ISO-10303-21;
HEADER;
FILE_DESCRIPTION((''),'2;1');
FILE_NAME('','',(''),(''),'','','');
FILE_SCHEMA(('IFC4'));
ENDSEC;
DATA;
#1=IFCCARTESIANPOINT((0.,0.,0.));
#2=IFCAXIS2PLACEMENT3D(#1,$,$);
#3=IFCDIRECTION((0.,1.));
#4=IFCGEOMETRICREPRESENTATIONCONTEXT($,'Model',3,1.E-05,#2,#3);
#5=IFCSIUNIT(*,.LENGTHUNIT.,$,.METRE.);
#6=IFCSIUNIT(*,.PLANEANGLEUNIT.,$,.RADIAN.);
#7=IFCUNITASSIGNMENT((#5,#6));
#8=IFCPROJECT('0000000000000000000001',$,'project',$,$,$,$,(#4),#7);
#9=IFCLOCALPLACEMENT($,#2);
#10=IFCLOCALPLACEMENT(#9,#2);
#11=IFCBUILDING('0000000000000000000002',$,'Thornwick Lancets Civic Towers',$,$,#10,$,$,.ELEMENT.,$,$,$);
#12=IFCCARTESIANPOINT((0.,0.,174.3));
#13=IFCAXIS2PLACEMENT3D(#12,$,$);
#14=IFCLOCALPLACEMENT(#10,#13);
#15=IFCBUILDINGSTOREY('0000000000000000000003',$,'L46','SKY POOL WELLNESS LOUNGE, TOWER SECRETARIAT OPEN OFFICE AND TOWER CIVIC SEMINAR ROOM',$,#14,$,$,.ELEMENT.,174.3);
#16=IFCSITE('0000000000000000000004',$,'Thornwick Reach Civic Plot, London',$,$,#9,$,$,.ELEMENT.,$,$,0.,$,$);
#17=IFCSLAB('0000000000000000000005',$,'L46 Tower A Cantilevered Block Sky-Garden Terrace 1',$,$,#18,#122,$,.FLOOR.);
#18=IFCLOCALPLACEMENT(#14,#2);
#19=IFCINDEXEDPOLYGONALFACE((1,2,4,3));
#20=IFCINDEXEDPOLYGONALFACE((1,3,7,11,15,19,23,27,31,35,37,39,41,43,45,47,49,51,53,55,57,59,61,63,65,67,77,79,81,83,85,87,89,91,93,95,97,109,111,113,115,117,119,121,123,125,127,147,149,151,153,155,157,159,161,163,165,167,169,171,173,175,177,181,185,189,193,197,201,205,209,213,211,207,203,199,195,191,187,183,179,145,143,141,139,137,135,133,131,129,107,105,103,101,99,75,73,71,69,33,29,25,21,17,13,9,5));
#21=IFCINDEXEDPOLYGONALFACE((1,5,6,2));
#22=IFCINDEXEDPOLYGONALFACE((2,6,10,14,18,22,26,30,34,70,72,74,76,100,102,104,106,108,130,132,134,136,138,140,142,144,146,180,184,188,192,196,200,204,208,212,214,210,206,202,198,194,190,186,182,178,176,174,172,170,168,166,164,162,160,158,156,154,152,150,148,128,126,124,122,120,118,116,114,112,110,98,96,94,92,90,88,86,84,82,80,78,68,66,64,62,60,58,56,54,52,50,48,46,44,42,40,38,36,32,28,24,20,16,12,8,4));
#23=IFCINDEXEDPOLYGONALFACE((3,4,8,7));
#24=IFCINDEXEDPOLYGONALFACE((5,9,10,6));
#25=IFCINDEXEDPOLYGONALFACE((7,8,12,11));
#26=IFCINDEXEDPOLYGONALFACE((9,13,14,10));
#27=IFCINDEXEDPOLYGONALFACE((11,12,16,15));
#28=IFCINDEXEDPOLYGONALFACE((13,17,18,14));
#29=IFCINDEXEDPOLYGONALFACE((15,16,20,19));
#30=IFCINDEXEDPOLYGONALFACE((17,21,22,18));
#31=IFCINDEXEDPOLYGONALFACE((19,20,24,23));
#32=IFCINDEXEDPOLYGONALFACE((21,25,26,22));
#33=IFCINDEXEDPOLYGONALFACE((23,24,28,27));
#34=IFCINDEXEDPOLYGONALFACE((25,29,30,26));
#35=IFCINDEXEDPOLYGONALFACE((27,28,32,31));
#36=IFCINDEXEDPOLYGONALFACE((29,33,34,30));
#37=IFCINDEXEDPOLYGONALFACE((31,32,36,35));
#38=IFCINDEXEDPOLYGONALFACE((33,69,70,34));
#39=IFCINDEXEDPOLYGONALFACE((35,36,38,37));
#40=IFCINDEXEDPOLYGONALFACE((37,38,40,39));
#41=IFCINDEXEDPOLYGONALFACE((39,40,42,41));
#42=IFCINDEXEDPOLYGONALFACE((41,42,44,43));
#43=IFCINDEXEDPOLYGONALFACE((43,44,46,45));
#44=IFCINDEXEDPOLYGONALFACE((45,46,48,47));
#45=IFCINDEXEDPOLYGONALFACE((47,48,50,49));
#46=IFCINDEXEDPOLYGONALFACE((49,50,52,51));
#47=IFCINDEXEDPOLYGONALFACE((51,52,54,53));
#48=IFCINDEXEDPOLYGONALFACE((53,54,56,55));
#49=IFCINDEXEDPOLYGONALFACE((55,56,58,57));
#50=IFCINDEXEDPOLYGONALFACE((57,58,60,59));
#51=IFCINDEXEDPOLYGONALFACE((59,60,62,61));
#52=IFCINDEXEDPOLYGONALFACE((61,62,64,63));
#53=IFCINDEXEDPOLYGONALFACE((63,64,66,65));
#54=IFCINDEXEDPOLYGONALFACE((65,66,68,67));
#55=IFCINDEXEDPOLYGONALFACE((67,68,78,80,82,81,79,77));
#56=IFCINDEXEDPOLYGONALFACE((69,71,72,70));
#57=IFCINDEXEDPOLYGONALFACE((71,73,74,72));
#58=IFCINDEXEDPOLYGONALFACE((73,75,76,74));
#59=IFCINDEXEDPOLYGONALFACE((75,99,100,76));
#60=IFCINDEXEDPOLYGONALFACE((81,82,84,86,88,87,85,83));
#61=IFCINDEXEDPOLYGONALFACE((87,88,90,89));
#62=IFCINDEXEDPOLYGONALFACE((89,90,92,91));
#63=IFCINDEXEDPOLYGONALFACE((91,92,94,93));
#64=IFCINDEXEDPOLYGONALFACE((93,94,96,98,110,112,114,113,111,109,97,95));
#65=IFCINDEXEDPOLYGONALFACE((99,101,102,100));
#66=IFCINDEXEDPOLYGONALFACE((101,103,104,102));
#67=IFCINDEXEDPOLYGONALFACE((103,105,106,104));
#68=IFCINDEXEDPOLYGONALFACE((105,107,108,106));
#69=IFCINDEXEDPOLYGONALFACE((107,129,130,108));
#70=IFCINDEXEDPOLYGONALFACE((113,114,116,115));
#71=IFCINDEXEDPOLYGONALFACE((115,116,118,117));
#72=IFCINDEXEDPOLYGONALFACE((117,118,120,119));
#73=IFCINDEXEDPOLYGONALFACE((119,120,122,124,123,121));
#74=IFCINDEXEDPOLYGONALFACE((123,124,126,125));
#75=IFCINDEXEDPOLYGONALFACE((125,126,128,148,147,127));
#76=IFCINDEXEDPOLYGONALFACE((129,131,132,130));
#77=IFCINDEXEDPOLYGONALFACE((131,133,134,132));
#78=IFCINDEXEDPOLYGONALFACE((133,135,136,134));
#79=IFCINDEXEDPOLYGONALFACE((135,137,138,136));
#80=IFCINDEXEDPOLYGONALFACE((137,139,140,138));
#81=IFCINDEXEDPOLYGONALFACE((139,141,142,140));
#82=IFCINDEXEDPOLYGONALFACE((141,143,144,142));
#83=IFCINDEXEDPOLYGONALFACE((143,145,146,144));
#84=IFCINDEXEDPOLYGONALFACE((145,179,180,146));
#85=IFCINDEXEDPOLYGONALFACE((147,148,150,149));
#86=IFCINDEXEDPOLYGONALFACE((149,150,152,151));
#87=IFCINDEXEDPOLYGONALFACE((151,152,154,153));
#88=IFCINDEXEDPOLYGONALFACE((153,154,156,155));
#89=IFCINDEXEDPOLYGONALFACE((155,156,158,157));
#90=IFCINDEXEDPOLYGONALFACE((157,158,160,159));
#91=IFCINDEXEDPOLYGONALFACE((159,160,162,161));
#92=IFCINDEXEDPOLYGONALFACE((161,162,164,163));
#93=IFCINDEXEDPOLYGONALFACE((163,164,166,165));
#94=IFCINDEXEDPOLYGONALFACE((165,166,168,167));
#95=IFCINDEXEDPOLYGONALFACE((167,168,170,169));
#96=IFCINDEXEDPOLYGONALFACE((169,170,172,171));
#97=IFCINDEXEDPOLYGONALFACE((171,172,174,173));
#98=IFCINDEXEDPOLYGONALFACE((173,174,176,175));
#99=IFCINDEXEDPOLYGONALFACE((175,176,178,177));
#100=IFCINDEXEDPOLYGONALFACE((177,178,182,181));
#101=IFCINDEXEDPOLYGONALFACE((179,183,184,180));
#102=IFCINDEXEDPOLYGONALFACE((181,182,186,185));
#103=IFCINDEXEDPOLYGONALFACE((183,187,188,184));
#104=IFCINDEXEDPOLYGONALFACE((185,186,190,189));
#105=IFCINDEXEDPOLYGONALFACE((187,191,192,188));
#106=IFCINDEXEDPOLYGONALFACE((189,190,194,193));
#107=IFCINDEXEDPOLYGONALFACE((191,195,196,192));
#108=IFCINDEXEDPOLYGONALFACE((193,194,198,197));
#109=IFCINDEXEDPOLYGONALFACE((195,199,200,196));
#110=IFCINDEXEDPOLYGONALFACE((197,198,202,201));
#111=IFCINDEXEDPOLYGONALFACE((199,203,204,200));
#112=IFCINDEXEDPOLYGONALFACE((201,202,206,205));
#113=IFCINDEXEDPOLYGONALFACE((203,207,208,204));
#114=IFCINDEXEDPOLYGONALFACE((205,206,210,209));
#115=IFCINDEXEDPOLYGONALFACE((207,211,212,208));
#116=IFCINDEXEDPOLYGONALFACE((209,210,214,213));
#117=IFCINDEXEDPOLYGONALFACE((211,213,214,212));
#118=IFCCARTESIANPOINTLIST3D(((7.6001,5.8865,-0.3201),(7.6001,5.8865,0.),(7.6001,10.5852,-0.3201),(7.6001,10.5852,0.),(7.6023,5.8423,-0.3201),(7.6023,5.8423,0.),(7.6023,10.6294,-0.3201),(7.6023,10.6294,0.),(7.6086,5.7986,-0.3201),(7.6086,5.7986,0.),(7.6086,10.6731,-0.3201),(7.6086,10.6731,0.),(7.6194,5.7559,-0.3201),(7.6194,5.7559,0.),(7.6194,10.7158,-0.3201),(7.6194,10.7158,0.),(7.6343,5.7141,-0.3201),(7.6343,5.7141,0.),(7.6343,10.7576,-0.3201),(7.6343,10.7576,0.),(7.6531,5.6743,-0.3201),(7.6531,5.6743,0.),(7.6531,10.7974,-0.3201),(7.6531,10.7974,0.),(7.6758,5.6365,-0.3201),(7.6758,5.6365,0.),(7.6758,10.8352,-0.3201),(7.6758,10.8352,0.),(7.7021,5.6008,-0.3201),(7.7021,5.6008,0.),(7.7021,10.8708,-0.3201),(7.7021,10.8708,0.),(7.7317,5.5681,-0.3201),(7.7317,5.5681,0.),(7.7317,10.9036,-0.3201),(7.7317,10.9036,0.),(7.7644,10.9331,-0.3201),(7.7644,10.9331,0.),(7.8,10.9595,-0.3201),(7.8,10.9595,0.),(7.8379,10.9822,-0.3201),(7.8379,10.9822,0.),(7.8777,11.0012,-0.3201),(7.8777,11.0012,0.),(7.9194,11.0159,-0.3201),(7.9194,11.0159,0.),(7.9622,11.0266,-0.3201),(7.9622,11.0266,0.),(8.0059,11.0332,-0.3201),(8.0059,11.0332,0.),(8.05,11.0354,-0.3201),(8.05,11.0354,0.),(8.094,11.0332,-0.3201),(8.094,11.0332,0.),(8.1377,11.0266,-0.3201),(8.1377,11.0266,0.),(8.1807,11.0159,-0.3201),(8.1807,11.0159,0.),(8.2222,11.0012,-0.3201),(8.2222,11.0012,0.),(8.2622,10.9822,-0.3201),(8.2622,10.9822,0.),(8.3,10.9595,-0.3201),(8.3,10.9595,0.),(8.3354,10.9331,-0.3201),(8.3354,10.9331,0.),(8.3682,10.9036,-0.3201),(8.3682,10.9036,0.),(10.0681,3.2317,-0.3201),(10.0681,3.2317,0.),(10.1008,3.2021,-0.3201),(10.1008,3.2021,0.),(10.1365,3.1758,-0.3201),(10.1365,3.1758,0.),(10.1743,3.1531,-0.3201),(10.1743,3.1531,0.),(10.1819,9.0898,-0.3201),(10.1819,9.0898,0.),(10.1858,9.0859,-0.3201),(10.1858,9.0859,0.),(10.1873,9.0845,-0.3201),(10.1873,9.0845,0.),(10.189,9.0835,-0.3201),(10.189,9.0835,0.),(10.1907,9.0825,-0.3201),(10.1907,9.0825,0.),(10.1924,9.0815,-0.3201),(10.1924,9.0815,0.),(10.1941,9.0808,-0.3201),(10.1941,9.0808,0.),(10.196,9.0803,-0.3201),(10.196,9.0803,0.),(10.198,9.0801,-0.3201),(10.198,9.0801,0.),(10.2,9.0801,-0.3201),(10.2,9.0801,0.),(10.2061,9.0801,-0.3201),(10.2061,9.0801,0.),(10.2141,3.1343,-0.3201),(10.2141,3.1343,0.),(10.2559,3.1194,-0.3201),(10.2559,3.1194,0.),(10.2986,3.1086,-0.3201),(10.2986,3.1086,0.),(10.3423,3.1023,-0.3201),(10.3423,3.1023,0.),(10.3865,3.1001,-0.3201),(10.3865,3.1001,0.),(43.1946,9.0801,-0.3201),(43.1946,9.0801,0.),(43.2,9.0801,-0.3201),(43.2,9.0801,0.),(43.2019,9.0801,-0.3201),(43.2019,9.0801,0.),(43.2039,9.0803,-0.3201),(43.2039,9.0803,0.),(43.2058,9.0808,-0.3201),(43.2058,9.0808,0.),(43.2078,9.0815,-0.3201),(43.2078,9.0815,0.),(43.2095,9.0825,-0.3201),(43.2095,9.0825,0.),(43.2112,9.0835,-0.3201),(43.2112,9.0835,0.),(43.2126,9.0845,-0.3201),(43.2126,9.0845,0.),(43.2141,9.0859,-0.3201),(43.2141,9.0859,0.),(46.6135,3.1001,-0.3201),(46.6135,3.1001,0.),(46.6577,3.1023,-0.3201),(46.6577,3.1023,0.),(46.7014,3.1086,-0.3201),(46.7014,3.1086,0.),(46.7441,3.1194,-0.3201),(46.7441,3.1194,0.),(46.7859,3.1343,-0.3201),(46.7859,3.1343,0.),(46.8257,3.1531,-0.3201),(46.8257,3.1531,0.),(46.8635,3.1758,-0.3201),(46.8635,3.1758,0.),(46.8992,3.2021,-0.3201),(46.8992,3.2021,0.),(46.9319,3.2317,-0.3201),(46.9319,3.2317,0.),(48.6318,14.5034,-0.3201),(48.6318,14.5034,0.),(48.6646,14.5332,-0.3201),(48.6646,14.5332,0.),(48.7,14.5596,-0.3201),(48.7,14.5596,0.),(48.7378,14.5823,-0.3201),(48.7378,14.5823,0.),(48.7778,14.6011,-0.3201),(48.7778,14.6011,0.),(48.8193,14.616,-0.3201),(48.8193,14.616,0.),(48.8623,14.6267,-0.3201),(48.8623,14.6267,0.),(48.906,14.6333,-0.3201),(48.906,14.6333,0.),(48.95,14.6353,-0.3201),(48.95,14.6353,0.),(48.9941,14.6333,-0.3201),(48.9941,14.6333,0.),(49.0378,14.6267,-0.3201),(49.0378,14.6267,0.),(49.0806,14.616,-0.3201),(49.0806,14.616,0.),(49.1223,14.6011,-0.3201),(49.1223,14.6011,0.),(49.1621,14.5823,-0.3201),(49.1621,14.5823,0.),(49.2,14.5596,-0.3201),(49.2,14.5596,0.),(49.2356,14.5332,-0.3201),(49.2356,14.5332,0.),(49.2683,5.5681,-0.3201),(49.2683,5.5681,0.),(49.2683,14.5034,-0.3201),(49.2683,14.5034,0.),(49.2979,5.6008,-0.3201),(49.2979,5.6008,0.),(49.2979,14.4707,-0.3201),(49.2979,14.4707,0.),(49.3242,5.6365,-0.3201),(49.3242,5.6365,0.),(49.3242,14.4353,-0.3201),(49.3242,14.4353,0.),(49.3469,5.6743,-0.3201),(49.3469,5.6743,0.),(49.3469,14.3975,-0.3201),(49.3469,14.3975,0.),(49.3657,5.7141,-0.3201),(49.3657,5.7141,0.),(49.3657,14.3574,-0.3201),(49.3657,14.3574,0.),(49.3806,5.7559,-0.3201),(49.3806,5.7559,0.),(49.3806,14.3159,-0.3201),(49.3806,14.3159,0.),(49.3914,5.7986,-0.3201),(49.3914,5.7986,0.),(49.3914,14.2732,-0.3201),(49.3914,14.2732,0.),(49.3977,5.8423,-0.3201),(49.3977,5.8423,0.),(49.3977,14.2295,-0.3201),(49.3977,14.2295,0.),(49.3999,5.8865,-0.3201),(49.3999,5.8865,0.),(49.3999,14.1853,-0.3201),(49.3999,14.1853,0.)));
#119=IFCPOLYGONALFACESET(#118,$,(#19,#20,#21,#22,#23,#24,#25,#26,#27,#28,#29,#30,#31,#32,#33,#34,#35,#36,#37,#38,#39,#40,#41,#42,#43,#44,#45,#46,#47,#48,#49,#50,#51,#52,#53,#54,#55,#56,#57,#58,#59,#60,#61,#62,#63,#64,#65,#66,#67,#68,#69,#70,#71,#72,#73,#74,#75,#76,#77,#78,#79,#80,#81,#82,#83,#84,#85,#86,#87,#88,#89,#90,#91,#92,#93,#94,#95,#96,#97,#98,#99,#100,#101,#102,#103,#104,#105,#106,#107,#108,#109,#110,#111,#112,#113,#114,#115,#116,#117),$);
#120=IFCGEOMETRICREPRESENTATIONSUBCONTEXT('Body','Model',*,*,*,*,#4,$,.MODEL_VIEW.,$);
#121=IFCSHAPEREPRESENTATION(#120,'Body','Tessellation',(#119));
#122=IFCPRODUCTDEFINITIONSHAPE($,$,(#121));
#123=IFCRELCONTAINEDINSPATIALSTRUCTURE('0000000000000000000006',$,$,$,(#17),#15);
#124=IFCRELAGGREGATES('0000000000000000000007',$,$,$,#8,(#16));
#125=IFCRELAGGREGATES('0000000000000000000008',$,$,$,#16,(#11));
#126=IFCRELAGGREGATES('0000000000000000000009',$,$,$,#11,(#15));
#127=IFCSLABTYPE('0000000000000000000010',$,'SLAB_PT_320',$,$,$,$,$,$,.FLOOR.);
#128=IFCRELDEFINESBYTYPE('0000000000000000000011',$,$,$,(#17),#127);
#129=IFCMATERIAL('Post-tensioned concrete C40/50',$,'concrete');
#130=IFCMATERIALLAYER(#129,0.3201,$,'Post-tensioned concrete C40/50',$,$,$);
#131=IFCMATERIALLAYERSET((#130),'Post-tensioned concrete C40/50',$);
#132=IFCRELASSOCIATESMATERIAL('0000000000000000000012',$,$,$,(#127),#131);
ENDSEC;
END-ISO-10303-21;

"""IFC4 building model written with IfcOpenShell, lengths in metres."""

from ifc_helpers import new_model, si_unit, direction, frame, origin, place, context, subcontext, project, spatial, polyline, outline, extrude, material, layer, layer_set, type_object, element, save


model = new_model("IFC4")

# Units and contexts
model_context = context("Model", 3, precision=1e-05, world=origin(), true_north=direction((0.0, 1.0)))
body_context = subcontext(model_context, "Body", "Model", "MODEL_VIEW")
ifc_project = project(units=[si_unit("LENGTHUNIT", "METRE"), si_unit("PLANEANGLEUNIT", "RADIAN")], contexts=[model_context])

# Site, building, storey
site_placement = place(None, origin())
site = spatial("IfcSite", under=ifc_project, at=site_placement, Name="Thornwick Reach Civic Plot, London", CompositionType="ELEMENT", RefElevation=0.0)
building_placement = place(site_placement, origin())
building = spatial("IfcBuilding", under=site, at=building_placement, Name="Thornwick Lancets Civic Towers", CompositionType="ELEMENT")
storey_placement = place(building_placement, frame((0.0, 0.0, 174.3)))
storey = spatial("IfcBuildingStorey", under=building, at=storey_placement, Name="L46", Description="SKY POOL WELLNESS LOUNGE, TOWER SECRETARIAT OPEN OFFICE AND TOWER CIVIC SEMINAR ROOM", CompositionType="ELEMENT", Elevation=174.3)

# Slab
ifc_material_1 = material(Name="Post-tensioned concrete C40/50", Category="concrete")
ifc_layer_1 = layer(ifc_material_1, 0.3201, Name="Post-tensioned concrete C40/50")
ifc_layer_set_1 = layer_set([ifc_layer_1], Name="Post-tensioned concrete C40/50")
slab_type_1 = type_object("IfcSlabType", Name="SLAB_PT_320", PredefinedType="FLOOR", material=ifc_layer_set_1)
slab_1_placement = place(storey_placement, frame((0.0, 0.0, -0.3201)))
element("IfcSlab", 1, at=slab_1_placement, inside=storey, type_object=slab_type_1, Name="L46 Tower A Cantilevered Block Sky-Garden Terrace 1", PredefinedType="FLOOR", context=body_context, shape_type="SweptSolid", body=[
    extrude(outline(polyline([(49.3977, 5.8423), (49.3914, 5.7986), (49.3806, 5.7559), (49.3657, 5.7141), (49.3469, 5.6743), (49.3242, 5.6365), (49.2979, 5.6008), (49.2683, 5.5681), (46.9319, 3.2317), (46.8992, 3.2021), (46.8635, 3.1758), (46.8257, 3.1531), (46.7859, 3.1343), (46.7441, 3.1194), (46.7014, 3.1086), (46.6577, 3.1023), (46.6135, 3.1001), (10.3865, 3.1001), (10.3423, 3.1023), (10.2986, 3.1086), (10.2559, 3.1194), (10.2141, 3.1343), (10.1743, 3.1531), (10.1365, 3.1758), (10.1008, 3.2021), (10.0681, 3.2317), (7.7317, 5.5681), (7.7021, 5.6008), (7.6758, 5.6365), (7.6531, 5.6743), (7.6343, 5.7141), (7.6194, 5.7559), (7.6086, 5.7986), (7.6023, 5.8423), (7.6001, 5.8865), (7.6001, 10.5852), (7.6023, 10.6294), (7.6086, 10.6731), (7.6194, 10.7158), (7.6343, 10.7576), (7.6531, 10.7974), (7.6758, 10.8352), (7.7021, 10.8708), (7.7317, 10.9036), (7.7644, 10.9331), (7.8, 10.9595), (7.8379, 10.9822), (7.8777, 11.0012), (7.9194, 11.0159), (7.9622, 11.0266), (8.0059, 11.0332), (8.05, 11.0354), (8.094, 11.0332), (8.1377, 11.0266), (8.1807, 11.0159), (8.2222, 11.0012), (8.2622, 10.9822), (8.3, 10.9595), (8.3354, 10.9331), (8.3682, 10.9036), (10.1819, 9.0898), (10.1858, 9.0859), (10.1873, 9.0845), (10.189, 9.0835), (10.1907, 9.0825), (10.1924, 9.0815), (10.1941, 9.0808), (10.196, 9.0803), (10.198, 9.0801), (10.2, 9.0801), (10.2061, 9.0801), (43.1946, 9.0801), (43.2, 9.0801), (43.2019, 9.0801), (43.2039, 9.0803), (43.2058, 9.0808), (43.2078, 9.0815), (43.2095, 9.0825), (43.2112, 9.0835), (43.2126, 9.0845), (43.2141, 9.0859), (48.6318, 14.5034), (48.6646, 14.5332), (48.7, 14.5596), (48.7378, 14.5823), (48.7778, 14.6011), (48.8193, 14.616), (48.8623, 14.6267), (48.906, 14.6333), (48.95, 14.6353), (48.9941, 14.6333), (49.0378, 14.6267), (49.0806, 14.616), (49.1223, 14.6011), (49.1621, 14.5823), (49.2, 14.5596), (49.2356, 14.5332), (49.2683, 14.5034), (49.2979, 14.4707), (49.3242, 14.4353), (49.3469, 14.3975), (49.3657, 14.3574), (49.3806, 14.3159), (49.3914, 14.2732), (49.3977, 14.2295), (49.3999, 14.1853), (49.3999, 5.8865), (49.3977, 5.8423)])), origin(), (0.0, 0.0, 1.0), 0.3201),
])

save(model, "model.ifc")
